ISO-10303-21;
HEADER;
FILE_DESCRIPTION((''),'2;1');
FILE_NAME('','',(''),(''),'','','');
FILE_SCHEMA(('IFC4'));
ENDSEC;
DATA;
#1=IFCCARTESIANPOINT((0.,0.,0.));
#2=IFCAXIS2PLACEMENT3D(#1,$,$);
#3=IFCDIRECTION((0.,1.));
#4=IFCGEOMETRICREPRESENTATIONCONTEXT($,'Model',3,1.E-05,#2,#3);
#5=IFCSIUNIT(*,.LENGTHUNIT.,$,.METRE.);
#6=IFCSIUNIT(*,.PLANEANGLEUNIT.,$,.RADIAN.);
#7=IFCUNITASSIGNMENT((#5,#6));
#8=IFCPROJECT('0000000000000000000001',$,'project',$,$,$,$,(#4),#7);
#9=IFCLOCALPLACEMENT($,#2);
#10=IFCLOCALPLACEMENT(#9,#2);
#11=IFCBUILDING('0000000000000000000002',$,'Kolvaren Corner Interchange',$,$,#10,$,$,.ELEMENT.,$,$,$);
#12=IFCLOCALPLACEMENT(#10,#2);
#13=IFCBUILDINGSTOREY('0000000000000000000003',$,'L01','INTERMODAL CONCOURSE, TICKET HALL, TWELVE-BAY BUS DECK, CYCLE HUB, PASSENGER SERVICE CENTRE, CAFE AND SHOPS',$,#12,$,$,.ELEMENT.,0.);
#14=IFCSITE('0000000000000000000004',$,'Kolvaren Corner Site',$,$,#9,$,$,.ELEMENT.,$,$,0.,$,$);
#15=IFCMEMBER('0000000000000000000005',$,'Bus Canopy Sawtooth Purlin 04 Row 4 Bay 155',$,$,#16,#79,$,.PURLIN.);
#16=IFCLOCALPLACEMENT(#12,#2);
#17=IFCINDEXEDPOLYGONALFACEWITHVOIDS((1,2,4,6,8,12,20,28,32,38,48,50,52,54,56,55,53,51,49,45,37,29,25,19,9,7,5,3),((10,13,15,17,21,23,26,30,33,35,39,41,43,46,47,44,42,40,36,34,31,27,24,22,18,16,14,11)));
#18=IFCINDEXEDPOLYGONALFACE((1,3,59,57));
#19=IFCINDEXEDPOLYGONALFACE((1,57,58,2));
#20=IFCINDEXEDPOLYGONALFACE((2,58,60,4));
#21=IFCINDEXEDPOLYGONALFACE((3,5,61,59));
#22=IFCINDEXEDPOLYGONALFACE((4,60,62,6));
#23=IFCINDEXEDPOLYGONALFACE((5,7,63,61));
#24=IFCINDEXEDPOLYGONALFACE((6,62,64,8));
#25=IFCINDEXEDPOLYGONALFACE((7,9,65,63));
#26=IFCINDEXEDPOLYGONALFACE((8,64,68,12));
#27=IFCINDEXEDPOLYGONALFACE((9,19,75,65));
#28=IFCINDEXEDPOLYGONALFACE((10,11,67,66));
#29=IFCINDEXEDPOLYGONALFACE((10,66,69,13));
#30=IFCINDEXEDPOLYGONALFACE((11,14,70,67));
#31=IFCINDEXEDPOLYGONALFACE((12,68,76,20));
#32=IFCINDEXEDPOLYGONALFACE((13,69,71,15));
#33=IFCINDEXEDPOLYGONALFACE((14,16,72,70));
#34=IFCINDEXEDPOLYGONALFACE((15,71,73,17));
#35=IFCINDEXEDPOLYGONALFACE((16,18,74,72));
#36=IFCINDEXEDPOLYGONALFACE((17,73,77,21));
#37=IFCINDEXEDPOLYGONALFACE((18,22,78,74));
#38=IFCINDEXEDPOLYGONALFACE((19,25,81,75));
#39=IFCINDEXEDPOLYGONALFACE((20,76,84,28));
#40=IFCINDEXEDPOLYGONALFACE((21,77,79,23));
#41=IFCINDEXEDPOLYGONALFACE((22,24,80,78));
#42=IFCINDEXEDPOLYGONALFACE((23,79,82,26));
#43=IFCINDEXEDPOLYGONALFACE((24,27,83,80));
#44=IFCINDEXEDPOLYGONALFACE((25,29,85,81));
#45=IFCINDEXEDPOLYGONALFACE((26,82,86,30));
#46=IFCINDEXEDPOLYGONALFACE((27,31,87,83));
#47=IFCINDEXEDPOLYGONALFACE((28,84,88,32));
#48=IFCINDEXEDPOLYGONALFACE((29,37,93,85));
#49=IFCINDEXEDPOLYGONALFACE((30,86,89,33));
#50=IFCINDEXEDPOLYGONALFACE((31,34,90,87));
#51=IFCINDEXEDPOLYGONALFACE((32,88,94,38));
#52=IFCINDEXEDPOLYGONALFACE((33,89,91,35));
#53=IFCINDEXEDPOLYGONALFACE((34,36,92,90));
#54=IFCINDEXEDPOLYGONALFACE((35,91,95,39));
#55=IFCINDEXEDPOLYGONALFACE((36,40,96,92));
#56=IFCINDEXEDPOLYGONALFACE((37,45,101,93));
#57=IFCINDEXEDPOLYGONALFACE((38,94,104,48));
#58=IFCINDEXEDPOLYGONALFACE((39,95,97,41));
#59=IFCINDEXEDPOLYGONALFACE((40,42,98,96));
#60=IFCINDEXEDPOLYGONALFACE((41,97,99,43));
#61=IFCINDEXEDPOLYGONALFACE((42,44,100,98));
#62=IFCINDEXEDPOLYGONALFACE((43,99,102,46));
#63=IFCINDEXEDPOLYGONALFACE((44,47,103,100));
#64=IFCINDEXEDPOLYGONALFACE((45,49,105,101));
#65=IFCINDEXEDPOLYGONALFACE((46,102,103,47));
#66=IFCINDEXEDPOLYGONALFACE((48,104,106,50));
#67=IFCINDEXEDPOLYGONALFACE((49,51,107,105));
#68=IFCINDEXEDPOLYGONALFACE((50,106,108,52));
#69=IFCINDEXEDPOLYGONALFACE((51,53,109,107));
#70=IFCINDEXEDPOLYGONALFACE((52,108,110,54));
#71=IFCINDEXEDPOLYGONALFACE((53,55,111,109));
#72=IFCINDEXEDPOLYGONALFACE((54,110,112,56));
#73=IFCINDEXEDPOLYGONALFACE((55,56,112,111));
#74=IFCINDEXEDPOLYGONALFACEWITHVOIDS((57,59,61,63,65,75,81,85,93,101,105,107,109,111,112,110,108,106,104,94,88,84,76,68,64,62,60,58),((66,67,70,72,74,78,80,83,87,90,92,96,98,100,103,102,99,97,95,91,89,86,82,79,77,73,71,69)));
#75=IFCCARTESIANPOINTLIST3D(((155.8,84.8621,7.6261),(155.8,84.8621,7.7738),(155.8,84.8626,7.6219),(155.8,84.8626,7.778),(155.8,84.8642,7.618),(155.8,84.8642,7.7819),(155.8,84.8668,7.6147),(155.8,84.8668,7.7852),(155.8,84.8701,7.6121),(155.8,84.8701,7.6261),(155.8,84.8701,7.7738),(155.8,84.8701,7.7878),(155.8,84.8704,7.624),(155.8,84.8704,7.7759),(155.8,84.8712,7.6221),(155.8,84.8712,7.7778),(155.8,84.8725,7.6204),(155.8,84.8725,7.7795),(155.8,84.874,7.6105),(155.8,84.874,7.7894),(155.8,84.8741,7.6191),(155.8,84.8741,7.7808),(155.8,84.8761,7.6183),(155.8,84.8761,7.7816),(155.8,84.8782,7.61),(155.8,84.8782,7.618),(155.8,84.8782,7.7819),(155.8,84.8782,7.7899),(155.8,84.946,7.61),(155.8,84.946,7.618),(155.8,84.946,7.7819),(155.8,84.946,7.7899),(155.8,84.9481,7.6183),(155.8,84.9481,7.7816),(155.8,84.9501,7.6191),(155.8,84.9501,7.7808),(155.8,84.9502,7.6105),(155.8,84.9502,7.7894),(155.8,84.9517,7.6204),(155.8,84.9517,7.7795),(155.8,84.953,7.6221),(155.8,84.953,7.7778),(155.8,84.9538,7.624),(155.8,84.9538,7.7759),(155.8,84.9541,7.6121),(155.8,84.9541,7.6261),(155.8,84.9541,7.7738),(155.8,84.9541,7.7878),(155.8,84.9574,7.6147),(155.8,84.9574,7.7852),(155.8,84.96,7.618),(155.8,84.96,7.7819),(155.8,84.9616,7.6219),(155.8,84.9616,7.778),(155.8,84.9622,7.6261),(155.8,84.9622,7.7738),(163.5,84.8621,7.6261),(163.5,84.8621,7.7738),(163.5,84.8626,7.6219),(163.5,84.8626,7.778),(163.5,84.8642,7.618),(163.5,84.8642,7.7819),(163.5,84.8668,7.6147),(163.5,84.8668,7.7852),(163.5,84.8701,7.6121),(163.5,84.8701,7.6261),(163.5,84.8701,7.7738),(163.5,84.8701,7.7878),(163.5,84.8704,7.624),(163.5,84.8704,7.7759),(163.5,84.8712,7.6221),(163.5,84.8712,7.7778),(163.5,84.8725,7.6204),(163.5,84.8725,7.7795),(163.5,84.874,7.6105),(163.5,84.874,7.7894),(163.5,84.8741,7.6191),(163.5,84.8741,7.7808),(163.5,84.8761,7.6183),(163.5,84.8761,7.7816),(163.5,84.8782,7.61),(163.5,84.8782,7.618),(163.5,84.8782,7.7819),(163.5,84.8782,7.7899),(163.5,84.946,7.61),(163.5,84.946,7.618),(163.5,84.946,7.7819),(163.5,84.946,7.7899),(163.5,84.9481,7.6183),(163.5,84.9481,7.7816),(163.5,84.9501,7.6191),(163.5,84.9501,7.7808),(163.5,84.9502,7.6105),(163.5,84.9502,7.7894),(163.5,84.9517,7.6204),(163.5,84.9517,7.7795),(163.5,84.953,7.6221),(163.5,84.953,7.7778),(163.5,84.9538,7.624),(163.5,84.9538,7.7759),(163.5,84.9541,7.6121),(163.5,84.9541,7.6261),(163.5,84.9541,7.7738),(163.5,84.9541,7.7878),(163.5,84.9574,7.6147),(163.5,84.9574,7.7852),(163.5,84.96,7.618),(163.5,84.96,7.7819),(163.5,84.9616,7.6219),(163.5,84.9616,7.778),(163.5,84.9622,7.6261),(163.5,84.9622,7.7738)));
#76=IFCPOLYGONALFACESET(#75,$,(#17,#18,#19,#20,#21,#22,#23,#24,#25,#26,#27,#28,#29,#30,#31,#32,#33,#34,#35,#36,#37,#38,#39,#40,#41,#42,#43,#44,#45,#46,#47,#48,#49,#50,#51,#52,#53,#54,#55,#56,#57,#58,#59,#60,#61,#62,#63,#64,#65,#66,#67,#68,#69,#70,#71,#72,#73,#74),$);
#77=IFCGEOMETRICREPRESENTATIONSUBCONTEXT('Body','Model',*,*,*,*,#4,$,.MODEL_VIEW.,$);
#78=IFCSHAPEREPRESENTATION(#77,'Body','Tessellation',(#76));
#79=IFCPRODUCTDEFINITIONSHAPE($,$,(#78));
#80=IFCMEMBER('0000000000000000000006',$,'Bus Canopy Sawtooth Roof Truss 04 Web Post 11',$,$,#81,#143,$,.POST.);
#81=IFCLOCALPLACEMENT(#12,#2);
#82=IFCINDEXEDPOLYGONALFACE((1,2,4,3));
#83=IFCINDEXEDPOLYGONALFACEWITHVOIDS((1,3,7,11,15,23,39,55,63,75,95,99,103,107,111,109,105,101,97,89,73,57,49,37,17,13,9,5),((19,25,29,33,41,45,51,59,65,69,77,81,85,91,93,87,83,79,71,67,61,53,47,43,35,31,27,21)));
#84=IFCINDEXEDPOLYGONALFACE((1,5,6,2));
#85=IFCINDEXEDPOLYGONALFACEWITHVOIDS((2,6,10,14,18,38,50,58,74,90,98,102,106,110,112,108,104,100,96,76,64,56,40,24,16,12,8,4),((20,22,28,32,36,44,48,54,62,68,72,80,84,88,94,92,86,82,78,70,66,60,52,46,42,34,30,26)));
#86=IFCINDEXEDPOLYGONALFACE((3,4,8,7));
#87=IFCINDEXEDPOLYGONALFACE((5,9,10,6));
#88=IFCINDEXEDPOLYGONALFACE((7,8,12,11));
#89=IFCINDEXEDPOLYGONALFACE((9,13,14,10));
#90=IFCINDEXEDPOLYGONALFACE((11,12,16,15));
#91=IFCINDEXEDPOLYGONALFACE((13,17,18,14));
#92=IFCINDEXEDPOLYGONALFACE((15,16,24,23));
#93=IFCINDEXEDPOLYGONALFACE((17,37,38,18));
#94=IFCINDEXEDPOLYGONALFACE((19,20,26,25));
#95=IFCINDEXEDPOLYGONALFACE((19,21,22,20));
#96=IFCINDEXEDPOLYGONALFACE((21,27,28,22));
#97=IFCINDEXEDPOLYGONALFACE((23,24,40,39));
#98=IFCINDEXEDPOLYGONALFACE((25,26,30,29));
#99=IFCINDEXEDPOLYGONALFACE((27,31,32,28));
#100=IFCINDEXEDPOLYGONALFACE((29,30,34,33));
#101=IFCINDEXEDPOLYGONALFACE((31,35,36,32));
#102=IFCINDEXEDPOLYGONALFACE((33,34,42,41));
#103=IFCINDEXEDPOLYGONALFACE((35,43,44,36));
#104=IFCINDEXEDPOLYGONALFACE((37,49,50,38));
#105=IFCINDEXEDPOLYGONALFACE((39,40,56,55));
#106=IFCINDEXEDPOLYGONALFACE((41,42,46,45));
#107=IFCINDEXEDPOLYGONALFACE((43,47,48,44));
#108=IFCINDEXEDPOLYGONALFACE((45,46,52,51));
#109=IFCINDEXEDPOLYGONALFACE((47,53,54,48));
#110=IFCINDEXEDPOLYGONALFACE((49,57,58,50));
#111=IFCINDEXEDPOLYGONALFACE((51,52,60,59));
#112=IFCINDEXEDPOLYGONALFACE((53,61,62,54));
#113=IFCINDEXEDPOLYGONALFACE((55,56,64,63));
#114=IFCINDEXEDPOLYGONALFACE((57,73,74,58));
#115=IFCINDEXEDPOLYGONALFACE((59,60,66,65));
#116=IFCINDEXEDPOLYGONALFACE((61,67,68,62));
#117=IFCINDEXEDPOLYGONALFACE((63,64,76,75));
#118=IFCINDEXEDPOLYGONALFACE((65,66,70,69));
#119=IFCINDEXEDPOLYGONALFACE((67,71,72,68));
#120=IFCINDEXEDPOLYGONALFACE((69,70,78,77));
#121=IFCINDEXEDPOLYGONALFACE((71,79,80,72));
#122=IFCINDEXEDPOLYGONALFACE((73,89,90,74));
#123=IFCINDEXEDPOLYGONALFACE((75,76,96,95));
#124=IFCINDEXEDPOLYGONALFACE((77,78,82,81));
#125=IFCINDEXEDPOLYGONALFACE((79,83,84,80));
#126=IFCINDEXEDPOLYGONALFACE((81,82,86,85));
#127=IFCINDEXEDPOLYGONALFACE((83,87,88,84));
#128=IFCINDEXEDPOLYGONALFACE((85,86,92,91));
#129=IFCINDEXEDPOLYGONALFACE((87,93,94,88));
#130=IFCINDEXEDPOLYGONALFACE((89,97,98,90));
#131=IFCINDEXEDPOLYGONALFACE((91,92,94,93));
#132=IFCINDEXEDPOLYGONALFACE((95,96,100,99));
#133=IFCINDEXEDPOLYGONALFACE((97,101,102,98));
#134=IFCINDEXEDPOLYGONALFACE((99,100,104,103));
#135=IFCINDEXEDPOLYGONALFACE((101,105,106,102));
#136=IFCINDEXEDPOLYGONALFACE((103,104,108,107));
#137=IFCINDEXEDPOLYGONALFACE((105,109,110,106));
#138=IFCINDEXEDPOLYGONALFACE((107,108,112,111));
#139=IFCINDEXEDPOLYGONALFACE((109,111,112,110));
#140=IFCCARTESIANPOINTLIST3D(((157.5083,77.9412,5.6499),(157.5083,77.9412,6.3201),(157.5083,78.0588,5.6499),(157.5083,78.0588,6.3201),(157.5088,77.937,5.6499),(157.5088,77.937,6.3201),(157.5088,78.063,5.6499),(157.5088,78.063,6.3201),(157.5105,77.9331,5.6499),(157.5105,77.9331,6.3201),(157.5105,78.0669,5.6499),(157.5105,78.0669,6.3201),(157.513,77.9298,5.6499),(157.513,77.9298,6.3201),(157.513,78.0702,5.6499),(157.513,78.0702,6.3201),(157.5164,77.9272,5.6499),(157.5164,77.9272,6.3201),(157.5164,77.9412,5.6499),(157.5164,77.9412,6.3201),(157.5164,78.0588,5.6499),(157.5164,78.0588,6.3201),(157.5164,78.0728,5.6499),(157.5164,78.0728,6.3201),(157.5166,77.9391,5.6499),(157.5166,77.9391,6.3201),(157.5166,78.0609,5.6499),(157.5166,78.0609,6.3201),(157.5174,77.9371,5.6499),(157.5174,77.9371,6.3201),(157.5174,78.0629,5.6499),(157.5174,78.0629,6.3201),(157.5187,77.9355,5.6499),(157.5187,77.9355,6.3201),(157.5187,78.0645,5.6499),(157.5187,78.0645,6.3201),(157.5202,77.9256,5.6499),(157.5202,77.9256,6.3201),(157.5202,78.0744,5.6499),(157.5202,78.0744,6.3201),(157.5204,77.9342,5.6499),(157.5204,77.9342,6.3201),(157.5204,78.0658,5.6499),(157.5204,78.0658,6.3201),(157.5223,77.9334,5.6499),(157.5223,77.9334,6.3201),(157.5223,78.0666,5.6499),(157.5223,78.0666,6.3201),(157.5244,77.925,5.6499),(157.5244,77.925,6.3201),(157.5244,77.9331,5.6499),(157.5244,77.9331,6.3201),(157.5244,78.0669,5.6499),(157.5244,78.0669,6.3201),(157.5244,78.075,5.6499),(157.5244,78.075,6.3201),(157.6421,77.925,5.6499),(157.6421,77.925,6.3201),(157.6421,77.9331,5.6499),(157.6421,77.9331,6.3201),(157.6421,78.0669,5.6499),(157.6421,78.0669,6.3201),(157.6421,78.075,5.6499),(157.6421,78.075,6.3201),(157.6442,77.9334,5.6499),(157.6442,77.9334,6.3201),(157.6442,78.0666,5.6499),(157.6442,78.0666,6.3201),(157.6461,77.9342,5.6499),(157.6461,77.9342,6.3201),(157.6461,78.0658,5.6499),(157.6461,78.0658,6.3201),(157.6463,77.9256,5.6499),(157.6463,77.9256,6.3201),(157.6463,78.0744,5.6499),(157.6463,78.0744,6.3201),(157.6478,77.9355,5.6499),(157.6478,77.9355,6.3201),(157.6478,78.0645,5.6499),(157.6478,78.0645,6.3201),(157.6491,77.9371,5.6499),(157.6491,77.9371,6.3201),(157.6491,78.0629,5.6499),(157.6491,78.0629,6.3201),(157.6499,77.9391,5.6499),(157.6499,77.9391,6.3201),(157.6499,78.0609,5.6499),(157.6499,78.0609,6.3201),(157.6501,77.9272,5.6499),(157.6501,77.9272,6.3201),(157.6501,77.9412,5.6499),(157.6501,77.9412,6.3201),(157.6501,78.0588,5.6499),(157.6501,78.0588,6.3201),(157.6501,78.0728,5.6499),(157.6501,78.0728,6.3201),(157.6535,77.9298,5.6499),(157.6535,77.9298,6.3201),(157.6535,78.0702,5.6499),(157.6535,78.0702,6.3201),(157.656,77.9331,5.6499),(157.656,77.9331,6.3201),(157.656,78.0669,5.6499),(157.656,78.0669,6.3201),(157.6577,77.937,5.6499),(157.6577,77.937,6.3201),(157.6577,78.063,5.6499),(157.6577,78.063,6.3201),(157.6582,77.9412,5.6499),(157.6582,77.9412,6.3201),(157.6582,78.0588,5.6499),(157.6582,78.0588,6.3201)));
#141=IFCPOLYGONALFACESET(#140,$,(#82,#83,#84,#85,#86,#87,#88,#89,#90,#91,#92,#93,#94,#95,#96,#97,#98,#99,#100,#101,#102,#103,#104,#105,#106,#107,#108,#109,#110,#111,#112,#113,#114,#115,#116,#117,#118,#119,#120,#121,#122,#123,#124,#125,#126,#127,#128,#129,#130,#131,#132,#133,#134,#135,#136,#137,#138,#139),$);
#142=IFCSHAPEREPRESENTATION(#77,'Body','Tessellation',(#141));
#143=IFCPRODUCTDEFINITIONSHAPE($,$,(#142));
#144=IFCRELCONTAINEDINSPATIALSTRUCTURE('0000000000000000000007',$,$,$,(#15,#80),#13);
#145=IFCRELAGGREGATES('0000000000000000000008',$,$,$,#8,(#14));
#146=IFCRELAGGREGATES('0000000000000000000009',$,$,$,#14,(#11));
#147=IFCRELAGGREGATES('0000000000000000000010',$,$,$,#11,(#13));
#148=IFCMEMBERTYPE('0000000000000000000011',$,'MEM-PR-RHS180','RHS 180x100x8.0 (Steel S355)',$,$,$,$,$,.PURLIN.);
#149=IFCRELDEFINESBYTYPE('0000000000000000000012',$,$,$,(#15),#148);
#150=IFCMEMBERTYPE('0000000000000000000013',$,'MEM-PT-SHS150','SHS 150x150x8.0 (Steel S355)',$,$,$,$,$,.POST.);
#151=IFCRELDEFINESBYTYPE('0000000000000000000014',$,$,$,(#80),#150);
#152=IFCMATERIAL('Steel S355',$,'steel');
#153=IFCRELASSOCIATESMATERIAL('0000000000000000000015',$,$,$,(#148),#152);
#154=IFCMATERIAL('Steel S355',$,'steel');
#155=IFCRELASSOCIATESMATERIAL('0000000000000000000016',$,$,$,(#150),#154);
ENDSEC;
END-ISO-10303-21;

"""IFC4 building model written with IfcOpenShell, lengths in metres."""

from ifc_helpers import new_model, si_unit, direction, frame, origin, origin_2d, place, context, subcontext, project, spatial, hollow_rectangle, extrude, material, material_profile, profile_set, type_object, element, save


model = new_model("IFC4")

# Units and contexts
model_context = context("Model", 3, precision=1e-05, world=origin(), true_north=direction((0.0, 1.0)))
body_context = subcontext(model_context, "Body", "Model", "MODEL_VIEW")
ifc_project = project(units=[si_unit("LENGTHUNIT", "METRE"), si_unit("PLANEANGLEUNIT", "RADIAN")], contexts=[model_context])

# Site, building, storey
site_placement = place(None, origin())
site = spatial("IfcSite", under=ifc_project, at=site_placement, Name="Kolvaren Corner Site", CompositionType="ELEMENT", RefElevation=0.0)
building_placement = place(site_placement, origin())
building = spatial("IfcBuilding", under=site, at=building_placement, Name="Kolvaren Corner Interchange", CompositionType="ELEMENT")
storey_placement = place(building_placement, origin())
storey = spatial("IfcBuildingStorey", under=building, at=storey_placement, Name="L01", Description="INTERMODAL CONCOURSE, TICKET HALL, TWELVE-BAY BUS DECK, CYCLE HUB, PASSENGER SERVICE CENTRE, CAFE AND SHOPS", CompositionType="ELEMENT", Elevation=0.0)

# Members
ifc_material_1 = material(Name="Steel S355", Category="steel")
ifc_material_profile_1 = material_profile(ifc_material_1, hollow_rectangle(XDim=0.1001, YDim=0.1799, WallThickness=0.0081, InnerFilletRadius=0.0081, OuterFilletRadius=0.0161, at=origin_2d()), Name="RHS 180x100x8.0")
ifc_profile_set_1 = profile_set([ifc_material_profile_1], Name="Steel S355")
member_type_1 = type_object("IfcMemberType", Name="MEM-PR-RHS180", Description="RHS 180x100x8.0 (Steel S355)", PredefinedType="PURLIN", material=ifc_profile_set_1)
member_1_placement = place(storey_placement, frame((155.8, 84.9121, 7.7), z_axis=(1.0, 0.0, 0.0), x_axis=(0.0, 1.0, 0.0)))
element("IfcMember", 1, at=member_1_placement, inside=storey, type_object=member_type_1, Name="Bus Canopy Sawtooth Purlin 04 Row 4 Bay 155", PredefinedType="PURLIN", context=body_context, shape_type="SweptSolid", body=[
    extrude(hollow_rectangle(XDim=0.1001, YDim=0.1799, WallThickness=0.0081, InnerFilletRadius=0.0081, OuterFilletRadius=0.0161, at=origin_2d()), origin(), (0.0, 0.0, 1.0), 7.7),
])
ifc_material_2 = material(Name="Steel S355", Category="steel")
ifc_material_profile_2 = material_profile(ifc_material_2, hollow_rectangle(XDim=0.1499, YDim=0.1499, WallThickness=0.0081, InnerFilletRadius=0.0081, OuterFilletRadius=0.0161, at=origin_2d()), Name="SHS 150x150x8.0")
ifc_profile_set_2 = profile_set([ifc_material_profile_2], Name="Steel S355")
member_type_2 = type_object("IfcMemberType", Name="MEM-PT-SHS150", Description="SHS 150x150x8.0 (Steel S355)", PredefinedType="POST", material=ifc_profile_set_2)
for number, where, z_axis, x_axis, name in (
    (2, (157.5833, 78.0, 5.6499), (0.0, 0.0, 1.0), (1.0, 0.0, 0.0), "Bus Canopy Sawtooth Roof Truss 04 Web Post 11"),
):
    element("IfcMember", number, at=place(storey_placement, frame(where, z_axis=z_axis, x_axis=x_axis)), inside=storey, type_object=member_type_2, Name=name, PredefinedType="POST", context=body_context, shape_type="SweptSolid", body=[
        extrude(hollow_rectangle(XDim=0.1499, YDim=0.1499, WallThickness=0.0081, InnerFilletRadius=0.0081, OuterFilletRadius=0.0161, at=origin_2d()), origin(), (0.0, 0.0, 1.0), 0.6702),
    ])

save(model, "model.ifc")
